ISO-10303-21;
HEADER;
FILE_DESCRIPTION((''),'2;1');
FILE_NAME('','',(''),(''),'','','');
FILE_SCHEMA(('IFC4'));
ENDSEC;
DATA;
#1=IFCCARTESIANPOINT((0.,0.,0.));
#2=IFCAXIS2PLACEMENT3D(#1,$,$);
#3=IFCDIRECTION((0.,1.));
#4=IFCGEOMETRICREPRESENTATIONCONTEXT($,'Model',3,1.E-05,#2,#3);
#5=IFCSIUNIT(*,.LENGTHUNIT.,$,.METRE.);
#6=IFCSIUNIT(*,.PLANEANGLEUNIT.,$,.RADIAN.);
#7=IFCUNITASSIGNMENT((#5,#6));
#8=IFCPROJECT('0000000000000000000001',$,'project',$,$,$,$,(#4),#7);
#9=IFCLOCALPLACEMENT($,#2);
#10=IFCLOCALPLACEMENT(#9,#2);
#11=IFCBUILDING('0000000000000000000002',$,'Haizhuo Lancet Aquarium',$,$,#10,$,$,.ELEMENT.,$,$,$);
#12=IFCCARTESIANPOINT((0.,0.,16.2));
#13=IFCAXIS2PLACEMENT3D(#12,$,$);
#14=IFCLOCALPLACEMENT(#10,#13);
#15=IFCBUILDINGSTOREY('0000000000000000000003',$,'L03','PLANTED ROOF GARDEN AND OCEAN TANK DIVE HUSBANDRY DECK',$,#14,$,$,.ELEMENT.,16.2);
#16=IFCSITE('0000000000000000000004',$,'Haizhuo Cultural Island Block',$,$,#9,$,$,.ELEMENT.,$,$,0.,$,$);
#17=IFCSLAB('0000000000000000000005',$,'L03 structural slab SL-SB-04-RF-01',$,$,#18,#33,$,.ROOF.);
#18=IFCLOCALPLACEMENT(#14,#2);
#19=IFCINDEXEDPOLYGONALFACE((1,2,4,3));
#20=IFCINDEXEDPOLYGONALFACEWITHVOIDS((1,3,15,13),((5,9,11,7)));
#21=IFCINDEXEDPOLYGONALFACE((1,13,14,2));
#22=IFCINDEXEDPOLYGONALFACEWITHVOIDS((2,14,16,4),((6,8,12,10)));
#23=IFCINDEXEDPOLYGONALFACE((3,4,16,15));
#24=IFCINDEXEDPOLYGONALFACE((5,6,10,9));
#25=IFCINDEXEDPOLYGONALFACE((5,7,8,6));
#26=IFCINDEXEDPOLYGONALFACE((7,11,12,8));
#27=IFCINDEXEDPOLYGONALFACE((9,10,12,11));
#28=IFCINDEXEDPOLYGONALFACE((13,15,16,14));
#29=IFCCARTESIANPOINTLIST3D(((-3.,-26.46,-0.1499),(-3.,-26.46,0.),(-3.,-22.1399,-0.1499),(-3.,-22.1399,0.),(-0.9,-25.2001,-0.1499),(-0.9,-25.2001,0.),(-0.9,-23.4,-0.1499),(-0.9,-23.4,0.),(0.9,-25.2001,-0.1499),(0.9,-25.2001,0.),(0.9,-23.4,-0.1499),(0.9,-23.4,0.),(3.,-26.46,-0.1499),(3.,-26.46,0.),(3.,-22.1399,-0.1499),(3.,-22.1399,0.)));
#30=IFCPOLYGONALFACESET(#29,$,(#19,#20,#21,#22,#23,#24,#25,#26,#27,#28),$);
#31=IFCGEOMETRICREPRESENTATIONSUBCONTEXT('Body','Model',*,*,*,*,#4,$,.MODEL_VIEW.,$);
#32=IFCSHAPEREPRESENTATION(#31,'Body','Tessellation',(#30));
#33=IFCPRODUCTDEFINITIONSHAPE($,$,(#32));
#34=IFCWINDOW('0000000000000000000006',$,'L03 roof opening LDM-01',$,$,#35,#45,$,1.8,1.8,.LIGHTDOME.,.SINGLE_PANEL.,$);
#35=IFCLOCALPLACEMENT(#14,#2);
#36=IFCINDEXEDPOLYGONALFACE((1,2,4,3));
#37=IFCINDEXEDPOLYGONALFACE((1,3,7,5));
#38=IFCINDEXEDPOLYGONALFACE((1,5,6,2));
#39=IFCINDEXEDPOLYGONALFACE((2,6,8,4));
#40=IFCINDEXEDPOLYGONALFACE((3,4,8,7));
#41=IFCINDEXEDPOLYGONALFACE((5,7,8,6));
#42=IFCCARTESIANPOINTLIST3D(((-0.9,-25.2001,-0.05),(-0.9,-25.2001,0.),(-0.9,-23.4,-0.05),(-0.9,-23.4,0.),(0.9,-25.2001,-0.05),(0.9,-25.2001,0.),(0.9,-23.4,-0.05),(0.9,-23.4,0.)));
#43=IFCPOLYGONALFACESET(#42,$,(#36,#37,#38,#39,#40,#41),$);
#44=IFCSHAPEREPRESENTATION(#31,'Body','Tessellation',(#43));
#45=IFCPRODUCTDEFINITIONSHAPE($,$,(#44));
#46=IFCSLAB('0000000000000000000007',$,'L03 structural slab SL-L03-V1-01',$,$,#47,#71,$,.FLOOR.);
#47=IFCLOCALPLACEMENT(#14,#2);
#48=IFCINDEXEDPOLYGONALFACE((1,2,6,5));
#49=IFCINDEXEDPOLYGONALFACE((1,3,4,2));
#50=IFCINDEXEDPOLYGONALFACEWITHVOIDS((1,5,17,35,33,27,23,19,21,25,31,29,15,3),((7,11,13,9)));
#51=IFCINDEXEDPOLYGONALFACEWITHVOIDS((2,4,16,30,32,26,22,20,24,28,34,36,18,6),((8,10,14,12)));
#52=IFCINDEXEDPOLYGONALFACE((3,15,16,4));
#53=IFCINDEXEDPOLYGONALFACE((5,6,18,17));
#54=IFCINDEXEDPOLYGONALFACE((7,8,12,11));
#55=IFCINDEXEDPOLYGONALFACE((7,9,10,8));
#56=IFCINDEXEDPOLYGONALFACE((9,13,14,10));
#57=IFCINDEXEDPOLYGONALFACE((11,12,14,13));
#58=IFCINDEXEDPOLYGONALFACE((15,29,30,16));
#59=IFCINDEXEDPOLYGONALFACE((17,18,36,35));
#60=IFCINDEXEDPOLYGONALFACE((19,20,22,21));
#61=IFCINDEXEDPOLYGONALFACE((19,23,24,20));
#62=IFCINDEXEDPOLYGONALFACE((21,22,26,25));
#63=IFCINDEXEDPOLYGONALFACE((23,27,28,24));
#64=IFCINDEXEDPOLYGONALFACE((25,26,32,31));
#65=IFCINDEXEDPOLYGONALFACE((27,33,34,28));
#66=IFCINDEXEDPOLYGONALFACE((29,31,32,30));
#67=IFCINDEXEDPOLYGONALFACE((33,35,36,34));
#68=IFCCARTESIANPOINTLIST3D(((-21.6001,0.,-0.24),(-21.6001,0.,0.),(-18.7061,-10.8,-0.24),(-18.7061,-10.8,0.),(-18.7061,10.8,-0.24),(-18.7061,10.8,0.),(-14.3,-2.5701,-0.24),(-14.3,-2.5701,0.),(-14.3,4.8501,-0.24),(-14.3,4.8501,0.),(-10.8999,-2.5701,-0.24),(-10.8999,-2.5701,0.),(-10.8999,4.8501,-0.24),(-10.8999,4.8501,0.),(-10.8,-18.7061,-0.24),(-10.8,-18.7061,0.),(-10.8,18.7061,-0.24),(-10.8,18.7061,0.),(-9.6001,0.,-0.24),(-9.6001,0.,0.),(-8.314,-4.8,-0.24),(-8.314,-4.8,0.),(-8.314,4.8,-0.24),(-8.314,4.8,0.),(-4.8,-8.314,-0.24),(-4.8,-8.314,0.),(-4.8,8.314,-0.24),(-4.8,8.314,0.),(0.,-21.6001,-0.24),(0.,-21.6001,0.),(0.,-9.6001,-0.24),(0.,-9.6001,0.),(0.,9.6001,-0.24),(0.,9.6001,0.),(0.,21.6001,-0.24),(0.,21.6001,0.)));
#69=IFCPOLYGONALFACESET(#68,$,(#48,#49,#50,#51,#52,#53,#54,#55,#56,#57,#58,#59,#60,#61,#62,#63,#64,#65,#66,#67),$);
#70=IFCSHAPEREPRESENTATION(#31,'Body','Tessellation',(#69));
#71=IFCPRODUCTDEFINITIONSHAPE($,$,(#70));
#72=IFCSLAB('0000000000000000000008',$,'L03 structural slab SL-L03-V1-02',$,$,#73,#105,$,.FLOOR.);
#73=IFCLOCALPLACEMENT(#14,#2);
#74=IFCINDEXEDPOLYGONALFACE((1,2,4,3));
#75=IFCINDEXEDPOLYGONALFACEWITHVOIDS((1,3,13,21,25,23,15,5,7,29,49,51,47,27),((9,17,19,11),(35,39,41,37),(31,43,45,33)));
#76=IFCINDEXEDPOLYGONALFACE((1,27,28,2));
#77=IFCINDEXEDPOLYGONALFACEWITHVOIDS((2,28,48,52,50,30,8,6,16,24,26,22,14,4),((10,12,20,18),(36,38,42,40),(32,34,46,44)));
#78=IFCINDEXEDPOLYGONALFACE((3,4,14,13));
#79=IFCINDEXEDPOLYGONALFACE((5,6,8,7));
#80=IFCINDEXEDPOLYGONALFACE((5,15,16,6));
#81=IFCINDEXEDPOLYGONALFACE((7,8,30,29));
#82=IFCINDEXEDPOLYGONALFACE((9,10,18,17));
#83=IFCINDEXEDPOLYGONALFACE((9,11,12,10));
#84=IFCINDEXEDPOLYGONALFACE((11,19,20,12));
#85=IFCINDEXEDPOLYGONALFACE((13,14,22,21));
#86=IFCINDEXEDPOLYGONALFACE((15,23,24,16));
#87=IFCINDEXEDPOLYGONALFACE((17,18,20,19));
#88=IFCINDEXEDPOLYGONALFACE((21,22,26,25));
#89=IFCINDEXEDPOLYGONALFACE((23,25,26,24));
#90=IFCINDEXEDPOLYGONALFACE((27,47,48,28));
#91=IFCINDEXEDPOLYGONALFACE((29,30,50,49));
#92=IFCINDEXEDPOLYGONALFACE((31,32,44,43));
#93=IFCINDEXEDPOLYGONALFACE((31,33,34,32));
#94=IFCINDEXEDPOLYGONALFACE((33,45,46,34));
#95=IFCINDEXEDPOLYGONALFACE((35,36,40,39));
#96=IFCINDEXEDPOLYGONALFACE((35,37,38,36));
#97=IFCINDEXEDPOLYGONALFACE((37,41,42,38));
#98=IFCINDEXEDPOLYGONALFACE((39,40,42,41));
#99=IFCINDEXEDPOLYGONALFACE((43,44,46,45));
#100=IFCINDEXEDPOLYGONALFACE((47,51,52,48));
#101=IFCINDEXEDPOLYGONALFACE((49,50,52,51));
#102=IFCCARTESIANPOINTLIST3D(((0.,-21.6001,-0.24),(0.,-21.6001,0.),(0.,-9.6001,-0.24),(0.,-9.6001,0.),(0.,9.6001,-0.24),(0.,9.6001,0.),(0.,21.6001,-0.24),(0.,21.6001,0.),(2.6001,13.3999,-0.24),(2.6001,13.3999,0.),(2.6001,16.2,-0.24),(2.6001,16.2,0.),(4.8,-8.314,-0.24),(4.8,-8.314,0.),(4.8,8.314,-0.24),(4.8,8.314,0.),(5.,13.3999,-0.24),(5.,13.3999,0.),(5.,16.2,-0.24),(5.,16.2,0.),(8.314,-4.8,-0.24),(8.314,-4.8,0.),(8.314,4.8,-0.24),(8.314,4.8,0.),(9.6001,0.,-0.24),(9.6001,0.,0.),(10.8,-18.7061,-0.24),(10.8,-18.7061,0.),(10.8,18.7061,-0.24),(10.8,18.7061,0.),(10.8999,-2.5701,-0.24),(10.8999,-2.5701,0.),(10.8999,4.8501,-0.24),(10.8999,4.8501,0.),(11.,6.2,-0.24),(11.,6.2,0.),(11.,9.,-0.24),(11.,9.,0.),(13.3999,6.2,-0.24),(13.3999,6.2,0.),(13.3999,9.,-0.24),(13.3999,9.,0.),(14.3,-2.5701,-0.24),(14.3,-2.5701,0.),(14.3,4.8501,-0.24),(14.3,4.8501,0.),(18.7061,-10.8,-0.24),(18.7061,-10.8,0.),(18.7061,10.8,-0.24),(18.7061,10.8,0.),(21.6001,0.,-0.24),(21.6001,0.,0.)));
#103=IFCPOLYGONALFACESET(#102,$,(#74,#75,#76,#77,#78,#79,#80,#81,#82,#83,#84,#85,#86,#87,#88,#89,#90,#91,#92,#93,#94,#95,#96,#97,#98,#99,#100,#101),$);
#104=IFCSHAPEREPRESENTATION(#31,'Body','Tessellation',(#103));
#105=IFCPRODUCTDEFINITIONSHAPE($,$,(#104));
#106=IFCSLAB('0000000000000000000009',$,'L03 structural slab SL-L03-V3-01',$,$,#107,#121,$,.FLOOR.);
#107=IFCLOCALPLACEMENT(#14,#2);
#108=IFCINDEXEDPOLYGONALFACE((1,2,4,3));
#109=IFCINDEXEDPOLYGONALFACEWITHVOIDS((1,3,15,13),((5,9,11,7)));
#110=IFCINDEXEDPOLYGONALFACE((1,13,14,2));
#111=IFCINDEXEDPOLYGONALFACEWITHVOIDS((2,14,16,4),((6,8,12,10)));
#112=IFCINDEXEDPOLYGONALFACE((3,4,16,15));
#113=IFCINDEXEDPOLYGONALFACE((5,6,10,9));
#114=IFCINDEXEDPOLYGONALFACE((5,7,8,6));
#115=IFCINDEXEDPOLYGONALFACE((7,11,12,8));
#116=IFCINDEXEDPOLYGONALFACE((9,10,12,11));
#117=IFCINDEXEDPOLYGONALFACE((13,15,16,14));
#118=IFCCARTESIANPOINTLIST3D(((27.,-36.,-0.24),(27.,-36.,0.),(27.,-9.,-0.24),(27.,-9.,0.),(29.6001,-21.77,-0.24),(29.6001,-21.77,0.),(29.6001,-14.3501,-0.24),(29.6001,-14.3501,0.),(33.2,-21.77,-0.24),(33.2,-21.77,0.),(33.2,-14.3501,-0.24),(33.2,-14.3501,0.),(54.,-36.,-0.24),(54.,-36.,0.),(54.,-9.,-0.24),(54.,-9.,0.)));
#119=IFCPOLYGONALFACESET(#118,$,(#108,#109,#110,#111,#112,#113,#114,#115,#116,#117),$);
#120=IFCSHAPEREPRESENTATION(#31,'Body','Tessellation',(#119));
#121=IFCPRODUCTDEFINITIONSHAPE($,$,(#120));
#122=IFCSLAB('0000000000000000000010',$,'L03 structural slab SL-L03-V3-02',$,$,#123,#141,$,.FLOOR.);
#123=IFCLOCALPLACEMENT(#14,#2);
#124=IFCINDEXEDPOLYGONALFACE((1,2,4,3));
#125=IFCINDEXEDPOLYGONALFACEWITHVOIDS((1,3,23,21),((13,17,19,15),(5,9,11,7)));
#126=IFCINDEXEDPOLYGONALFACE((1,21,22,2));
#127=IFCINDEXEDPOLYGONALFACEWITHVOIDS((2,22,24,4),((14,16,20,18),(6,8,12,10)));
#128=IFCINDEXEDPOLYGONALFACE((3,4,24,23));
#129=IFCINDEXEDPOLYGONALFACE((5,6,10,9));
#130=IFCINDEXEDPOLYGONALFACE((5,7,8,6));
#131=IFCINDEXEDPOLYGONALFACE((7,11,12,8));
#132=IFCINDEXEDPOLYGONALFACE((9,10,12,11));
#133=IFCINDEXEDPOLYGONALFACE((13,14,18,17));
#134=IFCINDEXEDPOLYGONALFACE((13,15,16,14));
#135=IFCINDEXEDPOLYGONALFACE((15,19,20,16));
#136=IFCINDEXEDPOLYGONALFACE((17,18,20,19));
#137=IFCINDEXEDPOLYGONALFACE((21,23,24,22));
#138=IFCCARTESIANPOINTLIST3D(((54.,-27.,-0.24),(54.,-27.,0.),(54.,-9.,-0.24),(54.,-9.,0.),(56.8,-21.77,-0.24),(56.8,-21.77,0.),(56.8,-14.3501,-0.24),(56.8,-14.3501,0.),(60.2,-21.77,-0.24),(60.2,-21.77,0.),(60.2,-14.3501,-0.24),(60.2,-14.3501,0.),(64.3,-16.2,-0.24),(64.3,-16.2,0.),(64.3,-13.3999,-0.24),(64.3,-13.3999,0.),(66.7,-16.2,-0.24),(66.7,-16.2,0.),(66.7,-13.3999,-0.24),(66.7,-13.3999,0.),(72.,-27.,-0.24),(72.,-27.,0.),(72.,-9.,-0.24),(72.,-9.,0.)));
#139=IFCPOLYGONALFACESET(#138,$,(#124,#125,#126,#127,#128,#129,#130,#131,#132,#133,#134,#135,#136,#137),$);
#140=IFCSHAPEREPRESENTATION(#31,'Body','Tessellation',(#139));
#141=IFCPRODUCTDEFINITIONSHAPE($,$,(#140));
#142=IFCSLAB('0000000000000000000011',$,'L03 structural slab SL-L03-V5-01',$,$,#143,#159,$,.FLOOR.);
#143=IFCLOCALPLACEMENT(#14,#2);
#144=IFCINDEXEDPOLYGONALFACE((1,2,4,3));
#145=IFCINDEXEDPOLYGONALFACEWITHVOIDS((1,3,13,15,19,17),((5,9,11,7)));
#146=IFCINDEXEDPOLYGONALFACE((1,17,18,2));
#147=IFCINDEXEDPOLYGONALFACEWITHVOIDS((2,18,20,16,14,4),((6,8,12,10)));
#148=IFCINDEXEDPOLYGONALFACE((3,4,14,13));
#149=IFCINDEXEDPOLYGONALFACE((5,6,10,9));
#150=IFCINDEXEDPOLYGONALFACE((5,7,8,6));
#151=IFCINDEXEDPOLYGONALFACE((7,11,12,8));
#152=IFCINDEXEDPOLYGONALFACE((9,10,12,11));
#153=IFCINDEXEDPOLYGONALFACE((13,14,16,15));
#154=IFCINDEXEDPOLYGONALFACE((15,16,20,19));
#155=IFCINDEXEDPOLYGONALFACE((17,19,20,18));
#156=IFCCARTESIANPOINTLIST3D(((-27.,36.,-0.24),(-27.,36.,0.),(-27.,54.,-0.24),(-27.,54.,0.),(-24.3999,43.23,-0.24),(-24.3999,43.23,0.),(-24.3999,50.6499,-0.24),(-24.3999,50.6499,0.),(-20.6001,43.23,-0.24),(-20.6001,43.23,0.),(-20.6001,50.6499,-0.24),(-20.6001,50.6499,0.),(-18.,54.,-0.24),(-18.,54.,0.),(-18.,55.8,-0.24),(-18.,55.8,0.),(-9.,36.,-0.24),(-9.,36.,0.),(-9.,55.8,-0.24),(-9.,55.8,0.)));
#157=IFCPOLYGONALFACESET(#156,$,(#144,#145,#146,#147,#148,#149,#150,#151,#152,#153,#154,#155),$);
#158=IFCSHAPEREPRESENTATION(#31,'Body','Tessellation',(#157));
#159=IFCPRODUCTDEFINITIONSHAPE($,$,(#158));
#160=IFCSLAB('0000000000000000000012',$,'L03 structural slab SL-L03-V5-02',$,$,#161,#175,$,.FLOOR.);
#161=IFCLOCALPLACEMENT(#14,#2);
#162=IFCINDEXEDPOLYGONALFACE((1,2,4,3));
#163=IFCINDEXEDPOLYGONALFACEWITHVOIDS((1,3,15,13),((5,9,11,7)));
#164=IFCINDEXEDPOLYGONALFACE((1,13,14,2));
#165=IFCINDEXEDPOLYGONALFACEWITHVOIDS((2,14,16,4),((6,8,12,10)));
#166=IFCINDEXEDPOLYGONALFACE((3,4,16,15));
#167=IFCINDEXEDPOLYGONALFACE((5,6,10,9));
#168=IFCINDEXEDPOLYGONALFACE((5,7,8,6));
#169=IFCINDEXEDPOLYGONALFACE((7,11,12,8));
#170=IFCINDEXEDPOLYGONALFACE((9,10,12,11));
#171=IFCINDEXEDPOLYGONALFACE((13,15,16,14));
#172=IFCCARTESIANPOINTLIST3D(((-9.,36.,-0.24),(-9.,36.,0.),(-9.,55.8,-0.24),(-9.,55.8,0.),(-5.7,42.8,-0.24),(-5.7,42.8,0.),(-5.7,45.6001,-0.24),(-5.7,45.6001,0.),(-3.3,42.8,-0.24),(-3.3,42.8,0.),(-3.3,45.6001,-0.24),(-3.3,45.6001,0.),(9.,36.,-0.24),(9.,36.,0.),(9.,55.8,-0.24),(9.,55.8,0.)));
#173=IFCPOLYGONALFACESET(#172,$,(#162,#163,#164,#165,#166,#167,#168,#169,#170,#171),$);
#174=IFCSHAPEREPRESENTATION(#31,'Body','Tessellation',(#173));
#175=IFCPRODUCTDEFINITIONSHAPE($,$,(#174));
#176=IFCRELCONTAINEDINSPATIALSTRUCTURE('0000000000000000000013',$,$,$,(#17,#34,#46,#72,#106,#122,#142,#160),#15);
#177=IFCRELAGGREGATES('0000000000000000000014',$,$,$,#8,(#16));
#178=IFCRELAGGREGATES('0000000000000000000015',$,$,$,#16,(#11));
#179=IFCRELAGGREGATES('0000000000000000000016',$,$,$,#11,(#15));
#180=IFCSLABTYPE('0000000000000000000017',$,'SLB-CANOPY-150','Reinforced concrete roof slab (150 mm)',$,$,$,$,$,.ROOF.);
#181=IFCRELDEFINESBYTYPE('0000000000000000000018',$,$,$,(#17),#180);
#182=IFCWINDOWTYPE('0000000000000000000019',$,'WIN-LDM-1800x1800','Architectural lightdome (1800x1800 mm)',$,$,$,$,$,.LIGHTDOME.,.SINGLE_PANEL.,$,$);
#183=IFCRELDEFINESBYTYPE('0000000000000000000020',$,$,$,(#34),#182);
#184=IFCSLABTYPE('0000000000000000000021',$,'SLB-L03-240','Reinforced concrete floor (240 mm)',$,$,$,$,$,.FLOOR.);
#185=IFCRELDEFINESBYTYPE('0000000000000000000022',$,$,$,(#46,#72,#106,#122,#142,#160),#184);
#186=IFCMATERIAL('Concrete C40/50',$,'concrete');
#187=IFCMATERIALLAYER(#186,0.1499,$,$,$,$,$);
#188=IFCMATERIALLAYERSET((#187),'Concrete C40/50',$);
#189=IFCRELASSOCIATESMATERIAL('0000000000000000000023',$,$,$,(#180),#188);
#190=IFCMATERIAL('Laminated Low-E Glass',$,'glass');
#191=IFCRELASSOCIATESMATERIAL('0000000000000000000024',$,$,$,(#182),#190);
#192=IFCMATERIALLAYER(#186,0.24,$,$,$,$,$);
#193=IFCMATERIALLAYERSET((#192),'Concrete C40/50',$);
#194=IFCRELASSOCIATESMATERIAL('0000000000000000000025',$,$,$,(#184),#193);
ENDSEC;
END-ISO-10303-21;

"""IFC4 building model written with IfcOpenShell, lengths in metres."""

from ifc_helpers import new_model, si_unit, direction, frame, origin, origin_2d, place, context, subcontext, project, spatial, polyline, rectangle, outline, extrude, material, layer, layer_set, type_object, element, fill, save


model = new_model("IFC4")

# Units and contexts
model_context = context("Model", 3, precision=1e-05, world=origin(), true_north=direction((0.0, 1.0)))
body_context = subcontext(model_context, "Body", "Model", "MODEL_VIEW")
ifc_project = project(units=[si_unit("LENGTHUNIT", "METRE"), si_unit("PLANEANGLEUNIT", "RADIAN")], contexts=[model_context])

# Site, building, storey
site_placement = place(None, origin())
site = spatial("IfcSite", under=ifc_project, at=site_placement, Name="Haizhuo Cultural Island Block", CompositionType="ELEMENT", RefElevation=0.0)
building_placement = place(site_placement, origin())
building = spatial("IfcBuilding", under=site, at=building_placement, Name="Haizhuo Lancet Aquarium", CompositionType="ELEMENT")
storey_placement = place(building_placement, frame((0.0, 0.0, 16.2)))
storey = spatial("IfcBuildingStorey", under=building, at=storey_placement, Name="L03", Description="PLANTED ROOF GARDEN AND OCEAN TANK DIVE HUSBANDRY DECK", CompositionType="ELEMENT", Elevation=16.2)

# Shared definitions
ifc_material_1 = material(Name="Concrete C40/50", Category="concrete")

# Slab, opening, window
ifc_layer_1 = layer(ifc_material_1, 0.1499)
ifc_layer_set_1 = layer_set([ifc_layer_1], Name="Concrete C40/50")
slab_type_1 = type_object("IfcSlabType", Name="SLB-CANOPY-150", Description="Reinforced concrete roof slab (150 mm)", PredefinedType="ROOF", material=ifc_layer_set_1)
ifc_material_2 = material(Name="Laminated Low-E Glass", Category="glass")
slab_1_placement = place(storey_placement, frame((0.0, 0.0, -0.1499)))
slab_1 = element("IfcSlab", 1, at=slab_1_placement, inside=storey, type_object=slab_type_1, Name="L03 structural slab SL-SB-04-RF-01", PredefinedType="ROOF", context=body_context, shape_type="SweptSolid", body=[
    extrude(outline(polyline([(-3.0, -26.46), (3.0, -26.46), (3.0, -22.1399), (-3.0, -22.1399), (-3.0, -26.46)])), origin(), (0.0, 0.0, 1.0), 0.1499),
])
opening_1_placement = place(slab_1_placement, frame((0.0, -24.3, 0.0)))
opening_1 = element("IfcOpeningElement", 2, at=opening_1_placement, cuts=slab_1, PredefinedType="OPENING", context=body_context, shape_type="SweptSolid", body=[
    extrude(rectangle(XDim=1.8, YDim=1.8, at=origin_2d()), origin(), (0.0, 0.0, 1.0), 0.1499),
])
window_type_1 = type_object("IfcWindowType", Name="WIN-LDM-1800x1800", Description="Architectural lightdome (1800x1800 mm)", PartitioningType="SINGLE_PANEL", PredefinedType="LIGHTDOME", material=ifc_material_2)
window_1_placement = place(opening_1_placement, frame((0.0, 0.0, 0.0999)))
window_1 = element("IfcWindow", 3, at=window_1_placement, inside=storey, type_object=window_type_1, Name="L03 roof opening LDM-01", OverallHeight=1.8, OverallWidth=1.8, PartitioningType="SINGLE_PANEL", PredefinedType="LIGHTDOME", context=body_context, shape_type="SweptSolid", body=[
    extrude(rectangle(XDim=1.8, YDim=1.8, at=origin_2d()), origin(), (0.0, 0.0, 1.0), 0.05),
])
fill(opening_1, window_1)

# Slabs
ifc_layer_2 = layer(ifc_material_1, 0.24)
ifc_layer_set_2 = layer_set([ifc_layer_2], Name="Concrete C40/50")
slab_type_2 = type_object("IfcSlabType", Name="SLB-L03-240", Description="Reinforced concrete floor (240 mm)", PredefinedType="FLOOR", material=ifc_layer_set_2)
slab_2_placement = place(storey_placement, frame((0.0, 0.0, -0.24)))
element("IfcSlab", 4, at=slab_2_placement, inside=storey, type_object=slab_type_2, Name="L03 structural slab SL-L03-V1-01", PredefinedType="FLOOR", context=body_context, shape_type="SweptSolid", body=[
    extrude(outline(polyline([(-18.7061, -10.8), (-10.8, -18.7061), (0.0, -21.6001), (0.0, -9.6001), (-4.8, -8.314), (-8.314, -4.8), (-9.6001, 0.0), (-8.314, 4.8), (-4.8, 8.314), (0.0, 9.6001), (0.0, 21.6001), (-10.8, 18.7061), (-18.7061, 10.8), (-21.6001, 0.0), (-18.7061, -10.8)]), holes=[polyline([(-10.8999, 4.8501), (-14.3, 4.8501), (-14.3, -2.5701), (-10.8999, -2.5701), (-10.8999, 4.8501)])]), origin(), (0.0, 0.0, 1.0), 0.24),
])
slab_3_placement = place(storey_placement, frame((0.0, 0.0, -0.24)))
element("IfcSlab", 5, at=slab_3_placement, inside=storey, type_object=slab_type_2, Name="L03 structural slab SL-L03-V1-02", PredefinedType="FLOOR", context=body_context, shape_type="SweptSolid", body=[
    extrude(outline(polyline([(0.0, 21.6001), (0.0, 9.6001), (4.8, 8.314), (8.314, 4.8), (9.6001, 0.0), (8.314, -4.8), (4.8, -8.314), (0.0, -9.6001), (0.0, -21.6001), (10.8, -18.7061), (18.7061, -10.8), (21.6001, 0.0), (18.7061, 10.8), (10.8, 18.7061), (0.0, 21.6001)]), holes=[polyline([(14.3, -2.5701), (14.3, 4.8501), (10.8999, 4.8501), (10.8999, -2.5701), (14.3, -2.5701)]), polyline([(5.0, 13.3999), (5.0, 16.2), (2.6001, 16.2), (2.6001, 13.3999), (5.0, 13.3999)]), polyline([(13.3999, 9.0), (11.0, 9.0), (11.0, 6.2), (13.3999, 6.2), (13.3999, 9.0)])]), origin(), (0.0, 0.0, 1.0), 0.24),
])
slab_4_placement = place(storey_placement, frame((0.0, 0.0, -0.24)))
element("IfcSlab", 6, at=slab_4_placement, inside=storey, type_object=slab_type_2, Name="L03 structural slab SL-L03-V3-01", PredefinedType="FLOOR", context=body_context, shape_type="SweptSolid", body=[
    extrude(outline(polyline([(54.0, -9.0), (27.0, -9.0), (27.0, -36.0), (54.0, -36.0), (54.0, -9.0)]), holes=[polyline([(29.6001, -14.3501), (29.6001, -21.77), (33.2, -21.77), (33.2, -14.3501), (29.6001, -14.3501)])]), origin(), (0.0, 0.0, 1.0), 0.24),
])
slab_5_placement = place(storey_placement, frame((0.0, 0.0, -0.24)))
element("IfcSlab", 7, at=slab_5_placement, inside=storey, type_object=slab_type_2, Name="L03 structural slab SL-L03-V3-02", PredefinedType="FLOOR", context=body_context, shape_type="SweptSolid", body=[
    extrude(outline(polyline([(54.0, -9.0), (54.0, -27.0), (72.0, -27.0), (72.0, -9.0), (54.0, -9.0)]), holes=[polyline([(60.2, -14.3501), (56.8, -14.3501), (56.8, -21.77), (60.2, -21.77), (60.2, -14.3501)]), polyline([(64.3, -16.2), (66.7, -16.2), (66.7, -13.3999), (64.3, -13.3999), (64.3, -16.2)])]), origin(), (0.0, 0.0, 1.0), 0.24),
])
slab_6_placement = place(storey_placement, frame((0.0, 0.0, -0.24)))
element("IfcSlab", 8, at=slab_6_placement, inside=storey, type_object=slab_type_2, Name="L03 structural slab SL-L03-V5-01", PredefinedType="FLOOR", context=body_context, shape_type="SweptSolid", body=[
    extrude(outline(polyline([(-27.0, 36.0), (-9.0, 36.0), (-9.0, 55.8), (-18.0, 55.8), (-18.0, 54.0), (-27.0, 54.0), (-27.0, 36.0)]), holes=[polyline([(-24.3999, 43.23), (-20.6001, 43.23), (-20.6001, 50.6499), (-24.3999, 50.6499), (-24.3999, 43.23)])]), origin(), (0.0, 0.0, 1.0), 0.24),
])
slab_7_placement = place(storey_placement, frame((0.0, 0.0, -0.24)))
element("IfcSlab", 9, at=slab_7_placement, inside=storey, type_object=slab_type_2, Name="L03 structural slab SL-L03-V5-02", PredefinedType="FLOOR", context=body_context, shape_type="SweptSolid", body=[
    extrude(outline(polyline([(-9.0, 55.8), (-9.0, 36.0), (9.0, 36.0), (9.0, 55.8), (-9.0, 55.8)]), holes=[polyline([(-5.7, 45.6001), (-5.7, 42.8), (-3.3, 42.8), (-3.3, 45.6001), (-5.7, 45.6001)])]), origin(), (0.0, 0.0, 1.0), 0.24),
])

save(model, "model.ifc")
